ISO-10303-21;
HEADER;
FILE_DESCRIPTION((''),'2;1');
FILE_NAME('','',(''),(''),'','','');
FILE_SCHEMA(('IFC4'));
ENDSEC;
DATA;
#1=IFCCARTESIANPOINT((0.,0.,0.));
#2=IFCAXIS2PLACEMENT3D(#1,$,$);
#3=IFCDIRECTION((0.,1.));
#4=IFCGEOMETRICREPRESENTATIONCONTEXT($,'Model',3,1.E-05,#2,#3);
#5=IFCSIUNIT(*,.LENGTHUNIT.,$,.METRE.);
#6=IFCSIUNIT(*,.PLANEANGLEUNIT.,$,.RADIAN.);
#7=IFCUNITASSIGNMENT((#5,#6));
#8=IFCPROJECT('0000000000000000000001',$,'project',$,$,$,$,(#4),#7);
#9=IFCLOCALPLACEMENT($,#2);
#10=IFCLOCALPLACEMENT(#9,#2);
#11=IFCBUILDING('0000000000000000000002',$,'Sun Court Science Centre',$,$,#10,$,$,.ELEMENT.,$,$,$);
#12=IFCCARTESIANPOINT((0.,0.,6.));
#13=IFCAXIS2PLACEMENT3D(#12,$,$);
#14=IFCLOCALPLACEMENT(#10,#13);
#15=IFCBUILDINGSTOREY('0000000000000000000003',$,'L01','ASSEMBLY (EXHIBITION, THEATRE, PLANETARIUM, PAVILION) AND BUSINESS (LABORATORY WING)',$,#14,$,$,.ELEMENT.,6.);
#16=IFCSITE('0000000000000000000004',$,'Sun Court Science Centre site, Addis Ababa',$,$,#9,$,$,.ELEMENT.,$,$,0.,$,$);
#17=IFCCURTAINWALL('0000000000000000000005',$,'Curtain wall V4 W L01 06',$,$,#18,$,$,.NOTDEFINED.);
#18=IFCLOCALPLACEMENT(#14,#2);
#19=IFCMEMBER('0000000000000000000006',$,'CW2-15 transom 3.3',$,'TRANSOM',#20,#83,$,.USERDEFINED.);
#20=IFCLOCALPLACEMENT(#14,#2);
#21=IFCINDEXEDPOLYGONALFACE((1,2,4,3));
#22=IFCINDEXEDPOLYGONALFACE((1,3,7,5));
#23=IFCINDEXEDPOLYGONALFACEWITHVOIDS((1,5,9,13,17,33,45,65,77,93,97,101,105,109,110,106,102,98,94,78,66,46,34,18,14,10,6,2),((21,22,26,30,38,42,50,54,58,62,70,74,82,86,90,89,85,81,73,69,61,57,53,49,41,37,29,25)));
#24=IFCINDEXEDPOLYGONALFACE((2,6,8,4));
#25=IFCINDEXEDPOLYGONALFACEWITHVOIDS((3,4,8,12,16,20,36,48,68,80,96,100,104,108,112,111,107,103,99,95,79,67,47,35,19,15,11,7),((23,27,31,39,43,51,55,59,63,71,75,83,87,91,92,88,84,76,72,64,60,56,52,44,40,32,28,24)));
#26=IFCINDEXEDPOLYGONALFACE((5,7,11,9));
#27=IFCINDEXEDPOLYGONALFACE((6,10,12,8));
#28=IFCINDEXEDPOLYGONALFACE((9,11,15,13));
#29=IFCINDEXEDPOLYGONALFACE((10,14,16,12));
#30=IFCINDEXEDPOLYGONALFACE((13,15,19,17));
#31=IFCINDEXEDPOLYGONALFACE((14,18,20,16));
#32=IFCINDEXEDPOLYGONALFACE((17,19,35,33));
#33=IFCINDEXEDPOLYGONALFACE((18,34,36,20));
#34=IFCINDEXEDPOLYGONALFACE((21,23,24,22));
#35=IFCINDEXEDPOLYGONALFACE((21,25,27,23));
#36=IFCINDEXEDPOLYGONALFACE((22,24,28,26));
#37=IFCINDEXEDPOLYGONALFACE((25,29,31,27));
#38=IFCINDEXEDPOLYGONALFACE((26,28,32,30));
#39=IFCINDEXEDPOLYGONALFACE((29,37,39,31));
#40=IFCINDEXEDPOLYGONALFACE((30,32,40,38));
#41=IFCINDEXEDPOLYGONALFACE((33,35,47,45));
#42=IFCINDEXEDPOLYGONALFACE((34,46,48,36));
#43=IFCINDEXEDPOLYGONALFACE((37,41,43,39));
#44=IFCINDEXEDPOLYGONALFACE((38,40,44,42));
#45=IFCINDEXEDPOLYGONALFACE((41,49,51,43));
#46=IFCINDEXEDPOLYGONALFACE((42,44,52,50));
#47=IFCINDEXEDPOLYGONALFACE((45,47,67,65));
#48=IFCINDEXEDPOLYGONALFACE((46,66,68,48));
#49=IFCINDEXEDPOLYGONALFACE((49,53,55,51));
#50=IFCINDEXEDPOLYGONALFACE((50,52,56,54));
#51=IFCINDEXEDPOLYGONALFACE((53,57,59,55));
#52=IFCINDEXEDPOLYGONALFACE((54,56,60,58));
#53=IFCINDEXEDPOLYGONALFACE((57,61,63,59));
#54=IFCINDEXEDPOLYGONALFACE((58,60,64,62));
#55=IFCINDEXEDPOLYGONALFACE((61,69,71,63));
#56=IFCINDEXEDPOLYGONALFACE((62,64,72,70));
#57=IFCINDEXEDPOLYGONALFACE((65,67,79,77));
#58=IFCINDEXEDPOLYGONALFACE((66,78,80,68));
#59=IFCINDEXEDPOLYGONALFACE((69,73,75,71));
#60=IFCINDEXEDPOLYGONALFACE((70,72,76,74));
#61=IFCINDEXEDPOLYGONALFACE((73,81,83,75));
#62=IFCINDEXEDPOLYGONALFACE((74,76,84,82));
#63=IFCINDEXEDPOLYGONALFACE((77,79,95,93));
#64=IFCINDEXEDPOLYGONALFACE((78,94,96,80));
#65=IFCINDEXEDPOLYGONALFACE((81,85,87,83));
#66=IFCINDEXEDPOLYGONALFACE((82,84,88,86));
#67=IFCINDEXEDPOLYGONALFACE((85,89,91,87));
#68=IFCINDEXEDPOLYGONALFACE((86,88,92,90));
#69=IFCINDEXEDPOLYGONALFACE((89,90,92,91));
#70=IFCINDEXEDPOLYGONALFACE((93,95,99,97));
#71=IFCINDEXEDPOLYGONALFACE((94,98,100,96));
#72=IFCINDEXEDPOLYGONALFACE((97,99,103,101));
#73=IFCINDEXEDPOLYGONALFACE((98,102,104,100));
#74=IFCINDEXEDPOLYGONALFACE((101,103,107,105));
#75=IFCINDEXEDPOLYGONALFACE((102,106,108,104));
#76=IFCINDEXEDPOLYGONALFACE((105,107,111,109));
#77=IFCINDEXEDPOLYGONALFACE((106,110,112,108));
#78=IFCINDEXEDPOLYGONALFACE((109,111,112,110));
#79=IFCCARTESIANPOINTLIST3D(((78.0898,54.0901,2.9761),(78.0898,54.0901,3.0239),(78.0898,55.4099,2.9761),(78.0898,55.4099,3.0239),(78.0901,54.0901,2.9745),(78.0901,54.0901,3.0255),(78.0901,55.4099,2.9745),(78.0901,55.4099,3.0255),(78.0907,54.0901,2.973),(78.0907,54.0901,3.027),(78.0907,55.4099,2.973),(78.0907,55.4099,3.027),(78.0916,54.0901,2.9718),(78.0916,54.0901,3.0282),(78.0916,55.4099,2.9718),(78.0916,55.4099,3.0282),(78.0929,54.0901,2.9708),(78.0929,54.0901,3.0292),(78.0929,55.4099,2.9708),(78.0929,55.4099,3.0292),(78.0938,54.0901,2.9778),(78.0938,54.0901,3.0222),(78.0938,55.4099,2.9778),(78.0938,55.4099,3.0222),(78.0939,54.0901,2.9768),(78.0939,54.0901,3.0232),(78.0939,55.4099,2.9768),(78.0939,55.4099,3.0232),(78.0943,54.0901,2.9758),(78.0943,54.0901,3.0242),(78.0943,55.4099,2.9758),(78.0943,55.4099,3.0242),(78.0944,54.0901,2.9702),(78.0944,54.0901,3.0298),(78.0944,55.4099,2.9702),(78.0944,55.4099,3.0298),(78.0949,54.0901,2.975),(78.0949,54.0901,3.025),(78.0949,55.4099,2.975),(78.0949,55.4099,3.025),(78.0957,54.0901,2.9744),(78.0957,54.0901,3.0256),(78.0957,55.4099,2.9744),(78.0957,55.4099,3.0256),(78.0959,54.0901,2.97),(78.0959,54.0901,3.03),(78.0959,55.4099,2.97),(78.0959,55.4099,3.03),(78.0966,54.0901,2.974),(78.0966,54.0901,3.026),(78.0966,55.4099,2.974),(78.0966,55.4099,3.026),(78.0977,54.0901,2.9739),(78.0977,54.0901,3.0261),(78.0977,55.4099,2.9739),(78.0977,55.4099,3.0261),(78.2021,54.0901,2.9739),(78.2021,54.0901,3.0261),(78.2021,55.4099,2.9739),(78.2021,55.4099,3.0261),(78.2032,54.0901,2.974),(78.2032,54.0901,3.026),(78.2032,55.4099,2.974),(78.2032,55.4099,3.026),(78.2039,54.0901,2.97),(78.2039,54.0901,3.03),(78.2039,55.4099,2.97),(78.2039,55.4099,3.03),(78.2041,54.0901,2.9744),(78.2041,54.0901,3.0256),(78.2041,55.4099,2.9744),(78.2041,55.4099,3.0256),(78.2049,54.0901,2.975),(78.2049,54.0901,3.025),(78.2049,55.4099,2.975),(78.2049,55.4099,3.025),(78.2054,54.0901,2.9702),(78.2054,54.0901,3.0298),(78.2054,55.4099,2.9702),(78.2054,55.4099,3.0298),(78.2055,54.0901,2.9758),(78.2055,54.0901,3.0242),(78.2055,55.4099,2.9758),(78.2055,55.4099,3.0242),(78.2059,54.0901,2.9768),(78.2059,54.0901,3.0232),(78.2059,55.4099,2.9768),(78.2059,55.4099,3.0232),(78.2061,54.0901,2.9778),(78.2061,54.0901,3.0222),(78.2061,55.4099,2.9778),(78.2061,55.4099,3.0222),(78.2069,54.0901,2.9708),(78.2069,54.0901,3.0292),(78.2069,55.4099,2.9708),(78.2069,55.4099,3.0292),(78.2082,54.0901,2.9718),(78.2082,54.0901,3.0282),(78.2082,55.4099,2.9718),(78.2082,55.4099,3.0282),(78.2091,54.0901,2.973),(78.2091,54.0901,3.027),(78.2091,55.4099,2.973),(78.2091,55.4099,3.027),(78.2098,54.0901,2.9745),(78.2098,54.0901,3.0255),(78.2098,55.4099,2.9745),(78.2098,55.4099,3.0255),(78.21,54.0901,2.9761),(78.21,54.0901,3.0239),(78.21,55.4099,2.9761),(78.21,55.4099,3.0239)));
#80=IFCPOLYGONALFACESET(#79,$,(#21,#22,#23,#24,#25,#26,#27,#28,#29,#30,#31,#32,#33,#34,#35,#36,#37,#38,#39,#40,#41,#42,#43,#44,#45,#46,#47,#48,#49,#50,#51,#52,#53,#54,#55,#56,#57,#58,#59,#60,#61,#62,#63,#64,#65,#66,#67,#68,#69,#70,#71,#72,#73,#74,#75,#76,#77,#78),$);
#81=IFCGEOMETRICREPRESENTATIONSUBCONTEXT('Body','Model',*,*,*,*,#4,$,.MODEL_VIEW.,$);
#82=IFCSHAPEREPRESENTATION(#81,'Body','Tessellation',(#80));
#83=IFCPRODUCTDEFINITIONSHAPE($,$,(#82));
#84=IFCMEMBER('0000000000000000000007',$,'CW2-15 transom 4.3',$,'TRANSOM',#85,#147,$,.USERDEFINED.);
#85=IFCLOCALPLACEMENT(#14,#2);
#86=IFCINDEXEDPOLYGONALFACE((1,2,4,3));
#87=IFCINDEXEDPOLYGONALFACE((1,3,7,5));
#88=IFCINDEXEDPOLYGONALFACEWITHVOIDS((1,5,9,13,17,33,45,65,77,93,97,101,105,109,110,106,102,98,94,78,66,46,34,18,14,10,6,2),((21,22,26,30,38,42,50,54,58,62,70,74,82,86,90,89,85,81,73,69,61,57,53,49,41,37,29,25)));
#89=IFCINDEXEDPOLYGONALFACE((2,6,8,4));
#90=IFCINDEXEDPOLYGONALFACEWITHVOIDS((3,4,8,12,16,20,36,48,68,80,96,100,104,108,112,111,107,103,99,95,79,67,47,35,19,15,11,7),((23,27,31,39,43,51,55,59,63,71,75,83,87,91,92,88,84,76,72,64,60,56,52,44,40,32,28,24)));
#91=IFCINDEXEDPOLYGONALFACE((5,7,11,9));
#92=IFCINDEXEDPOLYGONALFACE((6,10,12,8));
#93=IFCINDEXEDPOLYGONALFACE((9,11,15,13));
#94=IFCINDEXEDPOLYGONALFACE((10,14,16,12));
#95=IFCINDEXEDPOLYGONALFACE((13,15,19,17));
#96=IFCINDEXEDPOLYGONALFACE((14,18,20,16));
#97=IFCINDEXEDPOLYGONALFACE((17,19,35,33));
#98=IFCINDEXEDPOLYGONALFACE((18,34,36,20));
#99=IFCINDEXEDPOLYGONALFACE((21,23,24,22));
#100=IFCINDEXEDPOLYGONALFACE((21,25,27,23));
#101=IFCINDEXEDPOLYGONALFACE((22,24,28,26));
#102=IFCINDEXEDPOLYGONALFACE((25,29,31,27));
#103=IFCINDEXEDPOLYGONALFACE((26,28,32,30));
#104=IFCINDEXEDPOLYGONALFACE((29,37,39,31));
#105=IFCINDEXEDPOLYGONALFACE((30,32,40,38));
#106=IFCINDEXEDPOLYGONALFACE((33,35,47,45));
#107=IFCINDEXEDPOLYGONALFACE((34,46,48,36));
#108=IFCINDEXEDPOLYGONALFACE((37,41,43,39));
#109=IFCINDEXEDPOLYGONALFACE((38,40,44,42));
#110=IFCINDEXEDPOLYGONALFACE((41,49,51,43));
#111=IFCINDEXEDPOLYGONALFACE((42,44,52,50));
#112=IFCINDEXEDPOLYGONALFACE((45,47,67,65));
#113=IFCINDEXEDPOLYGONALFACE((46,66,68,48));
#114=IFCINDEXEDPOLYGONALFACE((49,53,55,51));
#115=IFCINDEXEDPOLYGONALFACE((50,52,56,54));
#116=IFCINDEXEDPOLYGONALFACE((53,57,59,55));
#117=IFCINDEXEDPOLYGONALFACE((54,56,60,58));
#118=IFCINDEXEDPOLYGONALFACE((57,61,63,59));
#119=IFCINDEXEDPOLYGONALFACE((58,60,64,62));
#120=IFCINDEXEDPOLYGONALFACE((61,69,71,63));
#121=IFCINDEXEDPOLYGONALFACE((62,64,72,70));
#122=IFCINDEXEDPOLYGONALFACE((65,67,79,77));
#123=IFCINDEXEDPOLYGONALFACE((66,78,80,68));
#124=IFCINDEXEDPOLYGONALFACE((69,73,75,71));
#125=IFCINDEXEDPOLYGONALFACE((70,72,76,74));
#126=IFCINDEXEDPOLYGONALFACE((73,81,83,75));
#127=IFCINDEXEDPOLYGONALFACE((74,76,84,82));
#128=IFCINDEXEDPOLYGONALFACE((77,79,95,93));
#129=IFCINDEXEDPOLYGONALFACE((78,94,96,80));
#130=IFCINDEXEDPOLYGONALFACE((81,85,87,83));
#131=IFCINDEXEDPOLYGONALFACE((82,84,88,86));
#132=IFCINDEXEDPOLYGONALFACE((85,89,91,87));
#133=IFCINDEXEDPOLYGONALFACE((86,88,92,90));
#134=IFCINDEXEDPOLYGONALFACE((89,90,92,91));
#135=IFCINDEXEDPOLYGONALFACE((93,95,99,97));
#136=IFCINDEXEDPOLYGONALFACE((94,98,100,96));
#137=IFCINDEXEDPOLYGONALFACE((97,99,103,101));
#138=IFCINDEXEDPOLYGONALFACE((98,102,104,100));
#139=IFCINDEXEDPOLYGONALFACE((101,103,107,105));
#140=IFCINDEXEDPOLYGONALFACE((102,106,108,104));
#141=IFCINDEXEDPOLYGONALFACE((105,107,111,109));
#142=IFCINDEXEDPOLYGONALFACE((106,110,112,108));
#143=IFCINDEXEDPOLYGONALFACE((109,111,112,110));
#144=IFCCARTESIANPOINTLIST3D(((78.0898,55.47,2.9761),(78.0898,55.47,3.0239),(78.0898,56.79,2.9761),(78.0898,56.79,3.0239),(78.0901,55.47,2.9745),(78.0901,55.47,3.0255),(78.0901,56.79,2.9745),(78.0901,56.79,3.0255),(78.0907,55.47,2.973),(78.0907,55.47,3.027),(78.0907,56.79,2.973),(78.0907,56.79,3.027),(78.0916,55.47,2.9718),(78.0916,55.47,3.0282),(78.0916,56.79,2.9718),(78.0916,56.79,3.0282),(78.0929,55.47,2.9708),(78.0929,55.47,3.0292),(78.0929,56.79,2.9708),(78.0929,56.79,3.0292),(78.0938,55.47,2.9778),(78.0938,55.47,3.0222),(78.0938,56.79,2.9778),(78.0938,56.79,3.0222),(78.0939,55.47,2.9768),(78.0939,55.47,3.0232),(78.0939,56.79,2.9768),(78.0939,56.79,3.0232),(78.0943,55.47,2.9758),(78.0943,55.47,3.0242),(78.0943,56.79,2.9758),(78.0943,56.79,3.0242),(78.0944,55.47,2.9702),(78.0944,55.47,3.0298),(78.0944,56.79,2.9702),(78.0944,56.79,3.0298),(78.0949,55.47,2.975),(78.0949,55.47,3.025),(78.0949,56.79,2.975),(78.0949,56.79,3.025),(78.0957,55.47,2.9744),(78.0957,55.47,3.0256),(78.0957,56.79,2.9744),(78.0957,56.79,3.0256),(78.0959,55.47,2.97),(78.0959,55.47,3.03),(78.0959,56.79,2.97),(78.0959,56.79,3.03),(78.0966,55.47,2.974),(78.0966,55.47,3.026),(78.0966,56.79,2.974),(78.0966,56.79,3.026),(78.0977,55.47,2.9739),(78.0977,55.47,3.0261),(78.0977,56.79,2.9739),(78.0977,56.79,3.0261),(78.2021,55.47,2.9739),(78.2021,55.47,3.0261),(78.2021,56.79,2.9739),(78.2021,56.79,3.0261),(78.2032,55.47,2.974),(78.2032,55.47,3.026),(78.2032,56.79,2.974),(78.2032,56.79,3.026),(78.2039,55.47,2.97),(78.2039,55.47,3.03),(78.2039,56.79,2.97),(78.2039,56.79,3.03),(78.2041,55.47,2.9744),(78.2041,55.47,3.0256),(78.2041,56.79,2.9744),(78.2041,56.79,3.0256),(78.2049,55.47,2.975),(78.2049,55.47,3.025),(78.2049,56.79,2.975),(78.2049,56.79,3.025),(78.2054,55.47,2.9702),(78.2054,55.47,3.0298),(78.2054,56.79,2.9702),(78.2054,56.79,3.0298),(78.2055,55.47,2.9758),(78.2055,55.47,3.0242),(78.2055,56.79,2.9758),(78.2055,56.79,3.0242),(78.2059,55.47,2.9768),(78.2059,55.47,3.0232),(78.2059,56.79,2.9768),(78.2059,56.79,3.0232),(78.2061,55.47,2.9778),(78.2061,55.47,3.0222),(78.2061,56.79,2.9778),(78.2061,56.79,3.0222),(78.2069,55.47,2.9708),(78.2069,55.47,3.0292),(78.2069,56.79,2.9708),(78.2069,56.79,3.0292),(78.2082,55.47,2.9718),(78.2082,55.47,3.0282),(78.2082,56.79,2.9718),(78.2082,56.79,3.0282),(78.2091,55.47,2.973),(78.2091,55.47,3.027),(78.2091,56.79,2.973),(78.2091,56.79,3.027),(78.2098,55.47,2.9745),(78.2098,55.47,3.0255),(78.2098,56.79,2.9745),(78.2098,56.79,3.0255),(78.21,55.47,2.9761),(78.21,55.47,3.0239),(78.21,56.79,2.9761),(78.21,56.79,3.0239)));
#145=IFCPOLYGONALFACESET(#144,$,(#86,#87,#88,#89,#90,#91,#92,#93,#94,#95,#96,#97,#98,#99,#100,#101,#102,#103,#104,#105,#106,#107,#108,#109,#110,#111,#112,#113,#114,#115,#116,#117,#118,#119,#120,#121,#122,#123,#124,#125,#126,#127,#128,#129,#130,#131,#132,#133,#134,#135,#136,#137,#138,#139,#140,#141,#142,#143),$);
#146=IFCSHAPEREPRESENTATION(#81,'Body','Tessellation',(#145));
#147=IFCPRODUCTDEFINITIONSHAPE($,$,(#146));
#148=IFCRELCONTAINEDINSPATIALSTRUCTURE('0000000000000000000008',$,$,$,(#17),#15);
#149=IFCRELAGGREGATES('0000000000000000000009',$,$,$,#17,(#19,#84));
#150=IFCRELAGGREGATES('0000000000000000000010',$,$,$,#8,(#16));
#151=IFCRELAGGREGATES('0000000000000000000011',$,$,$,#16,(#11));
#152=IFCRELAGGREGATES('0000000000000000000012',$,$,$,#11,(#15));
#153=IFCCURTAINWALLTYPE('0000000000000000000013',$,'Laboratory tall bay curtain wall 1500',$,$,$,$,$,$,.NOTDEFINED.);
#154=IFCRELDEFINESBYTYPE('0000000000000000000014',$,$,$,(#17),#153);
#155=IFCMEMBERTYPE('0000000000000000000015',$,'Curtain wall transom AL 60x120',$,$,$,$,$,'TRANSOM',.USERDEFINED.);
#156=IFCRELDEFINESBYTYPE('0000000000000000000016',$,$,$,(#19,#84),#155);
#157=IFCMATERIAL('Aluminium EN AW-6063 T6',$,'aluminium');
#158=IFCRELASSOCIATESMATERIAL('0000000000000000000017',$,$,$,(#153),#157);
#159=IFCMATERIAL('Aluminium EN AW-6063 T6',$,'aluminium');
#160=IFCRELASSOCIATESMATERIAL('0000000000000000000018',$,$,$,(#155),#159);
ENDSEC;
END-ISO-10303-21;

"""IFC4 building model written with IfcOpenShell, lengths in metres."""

from ifc_helpers import new_model, si_unit, direction, frame, origin, origin_2d, place, context, subcontext, project, spatial, hollow_rectangle, extrude, material, material_profile, profile_set, type_object, element, aggregate, save


model = new_model("IFC4")

# Units and contexts
model_context = context("Model", 3, precision=1e-05, world=origin(), true_north=direction((0.0, 1.0)))
body_context = subcontext(model_context, "Body", "Model", "MODEL_VIEW")
ifc_project = project(units=[si_unit("LENGTHUNIT", "METRE"), si_unit("PLANEANGLEUNIT", "RADIAN")], contexts=[model_context])

# Site, building, storey
site_placement = place(None, origin())
site = spatial("IfcSite", under=ifc_project, at=site_placement, Name="Sun Court Science Centre site, Addis Ababa", CompositionType="ELEMENT", RefElevation=0.0)
building_placement = place(site_placement, origin())
building = spatial("IfcBuilding", under=site, at=building_placement, Name="Sun Court Science Centre", CompositionType="ELEMENT")
storey_placement = place(building_placement, frame((0.0, 0.0, 6.0)))
storey = spatial("IfcBuildingStorey", under=building, at=storey_placement, Name="L01", Description="ASSEMBLY (EXHIBITION, THEATRE, PLANETARIUM, PAVILION) AND BUSINESS (LABORATORY WING)", CompositionType="ELEMENT", Elevation=6.0)

# Shared definitions
ifc_material_1 = material(Name="Aluminium EN AW-6063 T6", Category="aluminium")
curtain_wall_type = type_object("IfcCurtainWallType", Name="Laboratory tall bay curtain wall 1500", PredefinedType="NOTDEFINED", material=ifc_material_1)

# Curtain wall, members
curtain_wall_1_placement = place(storey_placement, origin())
curtain_wall_1 = element("IfcCurtainWall", 1, at=curtain_wall_1_placement, inside=storey, type_object=curtain_wall_type, Name="Curtain wall V4 W L01 06", PredefinedType="NOTDEFINED")
ifc_material_2 = material(Name="Aluminium EN AW-6063 T6", Category="aluminium")
ifc_material_profile_1 = material_profile(ifc_material_2, hollow_rectangle(XDim=0.0601, YDim=0.1201, WallThickness=0.0039, InnerFilletRadius=0.0039, OuterFilletRadius=0.0061, at=origin_2d()), Name="AL 60x120x4")
ifc_profile_set_1 = profile_set([ifc_material_profile_1], Name="Aluminium EN AW-6063 T6")
member_type_1 = type_object("IfcMemberType", Name="Curtain wall transom AL 60x120", ElementType="TRANSOM", PredefinedType="USERDEFINED", material=ifc_profile_set_1)
member_1_placement = place(storey_placement, frame((78.1499, 54.0901, 3.0), z_axis=(0.0, 1.0, 0.0), x_axis=(0.0, 0.0, 1.0)))
member_1 = element("IfcMember", 2, at=member_1_placement, type_object=member_type_1, Name="CW2-15 transom 3.3", ObjectType="TRANSOM", PredefinedType="USERDEFINED", context=body_context, shape_type="SweptSolid", body=[
    extrude(hollow_rectangle(XDim=0.0601, YDim=0.1201, WallThickness=0.0039, InnerFilletRadius=0.0039, OuterFilletRadius=0.0061, at=origin_2d()), origin(), (0.0, 0.0, 1.0), 1.3198),
])
member_2_placement = place(storey_placement, frame((78.1499, 55.47, 3.0), z_axis=(0.0, 1.0, 0.0), x_axis=(0.0, 0.0, 1.0)))
member_2 = element("IfcMember", 3, at=member_2_placement, type_object=member_type_1, Name="CW2-15 transom 4.3", ObjectType="TRANSOM", PredefinedType="USERDEFINED", context=body_context, shape_type="SweptSolid", body=[
    extrude(hollow_rectangle(XDim=0.0601, YDim=0.1201, WallThickness=0.0039, InnerFilletRadius=0.0039, OuterFilletRadius=0.0061, at=origin_2d()), origin(), (0.0, 0.0, 1.0), 1.3201),
])

aggregate(curtain_wall_1, [member_1, member_2])

save(model, "model.ifc")
